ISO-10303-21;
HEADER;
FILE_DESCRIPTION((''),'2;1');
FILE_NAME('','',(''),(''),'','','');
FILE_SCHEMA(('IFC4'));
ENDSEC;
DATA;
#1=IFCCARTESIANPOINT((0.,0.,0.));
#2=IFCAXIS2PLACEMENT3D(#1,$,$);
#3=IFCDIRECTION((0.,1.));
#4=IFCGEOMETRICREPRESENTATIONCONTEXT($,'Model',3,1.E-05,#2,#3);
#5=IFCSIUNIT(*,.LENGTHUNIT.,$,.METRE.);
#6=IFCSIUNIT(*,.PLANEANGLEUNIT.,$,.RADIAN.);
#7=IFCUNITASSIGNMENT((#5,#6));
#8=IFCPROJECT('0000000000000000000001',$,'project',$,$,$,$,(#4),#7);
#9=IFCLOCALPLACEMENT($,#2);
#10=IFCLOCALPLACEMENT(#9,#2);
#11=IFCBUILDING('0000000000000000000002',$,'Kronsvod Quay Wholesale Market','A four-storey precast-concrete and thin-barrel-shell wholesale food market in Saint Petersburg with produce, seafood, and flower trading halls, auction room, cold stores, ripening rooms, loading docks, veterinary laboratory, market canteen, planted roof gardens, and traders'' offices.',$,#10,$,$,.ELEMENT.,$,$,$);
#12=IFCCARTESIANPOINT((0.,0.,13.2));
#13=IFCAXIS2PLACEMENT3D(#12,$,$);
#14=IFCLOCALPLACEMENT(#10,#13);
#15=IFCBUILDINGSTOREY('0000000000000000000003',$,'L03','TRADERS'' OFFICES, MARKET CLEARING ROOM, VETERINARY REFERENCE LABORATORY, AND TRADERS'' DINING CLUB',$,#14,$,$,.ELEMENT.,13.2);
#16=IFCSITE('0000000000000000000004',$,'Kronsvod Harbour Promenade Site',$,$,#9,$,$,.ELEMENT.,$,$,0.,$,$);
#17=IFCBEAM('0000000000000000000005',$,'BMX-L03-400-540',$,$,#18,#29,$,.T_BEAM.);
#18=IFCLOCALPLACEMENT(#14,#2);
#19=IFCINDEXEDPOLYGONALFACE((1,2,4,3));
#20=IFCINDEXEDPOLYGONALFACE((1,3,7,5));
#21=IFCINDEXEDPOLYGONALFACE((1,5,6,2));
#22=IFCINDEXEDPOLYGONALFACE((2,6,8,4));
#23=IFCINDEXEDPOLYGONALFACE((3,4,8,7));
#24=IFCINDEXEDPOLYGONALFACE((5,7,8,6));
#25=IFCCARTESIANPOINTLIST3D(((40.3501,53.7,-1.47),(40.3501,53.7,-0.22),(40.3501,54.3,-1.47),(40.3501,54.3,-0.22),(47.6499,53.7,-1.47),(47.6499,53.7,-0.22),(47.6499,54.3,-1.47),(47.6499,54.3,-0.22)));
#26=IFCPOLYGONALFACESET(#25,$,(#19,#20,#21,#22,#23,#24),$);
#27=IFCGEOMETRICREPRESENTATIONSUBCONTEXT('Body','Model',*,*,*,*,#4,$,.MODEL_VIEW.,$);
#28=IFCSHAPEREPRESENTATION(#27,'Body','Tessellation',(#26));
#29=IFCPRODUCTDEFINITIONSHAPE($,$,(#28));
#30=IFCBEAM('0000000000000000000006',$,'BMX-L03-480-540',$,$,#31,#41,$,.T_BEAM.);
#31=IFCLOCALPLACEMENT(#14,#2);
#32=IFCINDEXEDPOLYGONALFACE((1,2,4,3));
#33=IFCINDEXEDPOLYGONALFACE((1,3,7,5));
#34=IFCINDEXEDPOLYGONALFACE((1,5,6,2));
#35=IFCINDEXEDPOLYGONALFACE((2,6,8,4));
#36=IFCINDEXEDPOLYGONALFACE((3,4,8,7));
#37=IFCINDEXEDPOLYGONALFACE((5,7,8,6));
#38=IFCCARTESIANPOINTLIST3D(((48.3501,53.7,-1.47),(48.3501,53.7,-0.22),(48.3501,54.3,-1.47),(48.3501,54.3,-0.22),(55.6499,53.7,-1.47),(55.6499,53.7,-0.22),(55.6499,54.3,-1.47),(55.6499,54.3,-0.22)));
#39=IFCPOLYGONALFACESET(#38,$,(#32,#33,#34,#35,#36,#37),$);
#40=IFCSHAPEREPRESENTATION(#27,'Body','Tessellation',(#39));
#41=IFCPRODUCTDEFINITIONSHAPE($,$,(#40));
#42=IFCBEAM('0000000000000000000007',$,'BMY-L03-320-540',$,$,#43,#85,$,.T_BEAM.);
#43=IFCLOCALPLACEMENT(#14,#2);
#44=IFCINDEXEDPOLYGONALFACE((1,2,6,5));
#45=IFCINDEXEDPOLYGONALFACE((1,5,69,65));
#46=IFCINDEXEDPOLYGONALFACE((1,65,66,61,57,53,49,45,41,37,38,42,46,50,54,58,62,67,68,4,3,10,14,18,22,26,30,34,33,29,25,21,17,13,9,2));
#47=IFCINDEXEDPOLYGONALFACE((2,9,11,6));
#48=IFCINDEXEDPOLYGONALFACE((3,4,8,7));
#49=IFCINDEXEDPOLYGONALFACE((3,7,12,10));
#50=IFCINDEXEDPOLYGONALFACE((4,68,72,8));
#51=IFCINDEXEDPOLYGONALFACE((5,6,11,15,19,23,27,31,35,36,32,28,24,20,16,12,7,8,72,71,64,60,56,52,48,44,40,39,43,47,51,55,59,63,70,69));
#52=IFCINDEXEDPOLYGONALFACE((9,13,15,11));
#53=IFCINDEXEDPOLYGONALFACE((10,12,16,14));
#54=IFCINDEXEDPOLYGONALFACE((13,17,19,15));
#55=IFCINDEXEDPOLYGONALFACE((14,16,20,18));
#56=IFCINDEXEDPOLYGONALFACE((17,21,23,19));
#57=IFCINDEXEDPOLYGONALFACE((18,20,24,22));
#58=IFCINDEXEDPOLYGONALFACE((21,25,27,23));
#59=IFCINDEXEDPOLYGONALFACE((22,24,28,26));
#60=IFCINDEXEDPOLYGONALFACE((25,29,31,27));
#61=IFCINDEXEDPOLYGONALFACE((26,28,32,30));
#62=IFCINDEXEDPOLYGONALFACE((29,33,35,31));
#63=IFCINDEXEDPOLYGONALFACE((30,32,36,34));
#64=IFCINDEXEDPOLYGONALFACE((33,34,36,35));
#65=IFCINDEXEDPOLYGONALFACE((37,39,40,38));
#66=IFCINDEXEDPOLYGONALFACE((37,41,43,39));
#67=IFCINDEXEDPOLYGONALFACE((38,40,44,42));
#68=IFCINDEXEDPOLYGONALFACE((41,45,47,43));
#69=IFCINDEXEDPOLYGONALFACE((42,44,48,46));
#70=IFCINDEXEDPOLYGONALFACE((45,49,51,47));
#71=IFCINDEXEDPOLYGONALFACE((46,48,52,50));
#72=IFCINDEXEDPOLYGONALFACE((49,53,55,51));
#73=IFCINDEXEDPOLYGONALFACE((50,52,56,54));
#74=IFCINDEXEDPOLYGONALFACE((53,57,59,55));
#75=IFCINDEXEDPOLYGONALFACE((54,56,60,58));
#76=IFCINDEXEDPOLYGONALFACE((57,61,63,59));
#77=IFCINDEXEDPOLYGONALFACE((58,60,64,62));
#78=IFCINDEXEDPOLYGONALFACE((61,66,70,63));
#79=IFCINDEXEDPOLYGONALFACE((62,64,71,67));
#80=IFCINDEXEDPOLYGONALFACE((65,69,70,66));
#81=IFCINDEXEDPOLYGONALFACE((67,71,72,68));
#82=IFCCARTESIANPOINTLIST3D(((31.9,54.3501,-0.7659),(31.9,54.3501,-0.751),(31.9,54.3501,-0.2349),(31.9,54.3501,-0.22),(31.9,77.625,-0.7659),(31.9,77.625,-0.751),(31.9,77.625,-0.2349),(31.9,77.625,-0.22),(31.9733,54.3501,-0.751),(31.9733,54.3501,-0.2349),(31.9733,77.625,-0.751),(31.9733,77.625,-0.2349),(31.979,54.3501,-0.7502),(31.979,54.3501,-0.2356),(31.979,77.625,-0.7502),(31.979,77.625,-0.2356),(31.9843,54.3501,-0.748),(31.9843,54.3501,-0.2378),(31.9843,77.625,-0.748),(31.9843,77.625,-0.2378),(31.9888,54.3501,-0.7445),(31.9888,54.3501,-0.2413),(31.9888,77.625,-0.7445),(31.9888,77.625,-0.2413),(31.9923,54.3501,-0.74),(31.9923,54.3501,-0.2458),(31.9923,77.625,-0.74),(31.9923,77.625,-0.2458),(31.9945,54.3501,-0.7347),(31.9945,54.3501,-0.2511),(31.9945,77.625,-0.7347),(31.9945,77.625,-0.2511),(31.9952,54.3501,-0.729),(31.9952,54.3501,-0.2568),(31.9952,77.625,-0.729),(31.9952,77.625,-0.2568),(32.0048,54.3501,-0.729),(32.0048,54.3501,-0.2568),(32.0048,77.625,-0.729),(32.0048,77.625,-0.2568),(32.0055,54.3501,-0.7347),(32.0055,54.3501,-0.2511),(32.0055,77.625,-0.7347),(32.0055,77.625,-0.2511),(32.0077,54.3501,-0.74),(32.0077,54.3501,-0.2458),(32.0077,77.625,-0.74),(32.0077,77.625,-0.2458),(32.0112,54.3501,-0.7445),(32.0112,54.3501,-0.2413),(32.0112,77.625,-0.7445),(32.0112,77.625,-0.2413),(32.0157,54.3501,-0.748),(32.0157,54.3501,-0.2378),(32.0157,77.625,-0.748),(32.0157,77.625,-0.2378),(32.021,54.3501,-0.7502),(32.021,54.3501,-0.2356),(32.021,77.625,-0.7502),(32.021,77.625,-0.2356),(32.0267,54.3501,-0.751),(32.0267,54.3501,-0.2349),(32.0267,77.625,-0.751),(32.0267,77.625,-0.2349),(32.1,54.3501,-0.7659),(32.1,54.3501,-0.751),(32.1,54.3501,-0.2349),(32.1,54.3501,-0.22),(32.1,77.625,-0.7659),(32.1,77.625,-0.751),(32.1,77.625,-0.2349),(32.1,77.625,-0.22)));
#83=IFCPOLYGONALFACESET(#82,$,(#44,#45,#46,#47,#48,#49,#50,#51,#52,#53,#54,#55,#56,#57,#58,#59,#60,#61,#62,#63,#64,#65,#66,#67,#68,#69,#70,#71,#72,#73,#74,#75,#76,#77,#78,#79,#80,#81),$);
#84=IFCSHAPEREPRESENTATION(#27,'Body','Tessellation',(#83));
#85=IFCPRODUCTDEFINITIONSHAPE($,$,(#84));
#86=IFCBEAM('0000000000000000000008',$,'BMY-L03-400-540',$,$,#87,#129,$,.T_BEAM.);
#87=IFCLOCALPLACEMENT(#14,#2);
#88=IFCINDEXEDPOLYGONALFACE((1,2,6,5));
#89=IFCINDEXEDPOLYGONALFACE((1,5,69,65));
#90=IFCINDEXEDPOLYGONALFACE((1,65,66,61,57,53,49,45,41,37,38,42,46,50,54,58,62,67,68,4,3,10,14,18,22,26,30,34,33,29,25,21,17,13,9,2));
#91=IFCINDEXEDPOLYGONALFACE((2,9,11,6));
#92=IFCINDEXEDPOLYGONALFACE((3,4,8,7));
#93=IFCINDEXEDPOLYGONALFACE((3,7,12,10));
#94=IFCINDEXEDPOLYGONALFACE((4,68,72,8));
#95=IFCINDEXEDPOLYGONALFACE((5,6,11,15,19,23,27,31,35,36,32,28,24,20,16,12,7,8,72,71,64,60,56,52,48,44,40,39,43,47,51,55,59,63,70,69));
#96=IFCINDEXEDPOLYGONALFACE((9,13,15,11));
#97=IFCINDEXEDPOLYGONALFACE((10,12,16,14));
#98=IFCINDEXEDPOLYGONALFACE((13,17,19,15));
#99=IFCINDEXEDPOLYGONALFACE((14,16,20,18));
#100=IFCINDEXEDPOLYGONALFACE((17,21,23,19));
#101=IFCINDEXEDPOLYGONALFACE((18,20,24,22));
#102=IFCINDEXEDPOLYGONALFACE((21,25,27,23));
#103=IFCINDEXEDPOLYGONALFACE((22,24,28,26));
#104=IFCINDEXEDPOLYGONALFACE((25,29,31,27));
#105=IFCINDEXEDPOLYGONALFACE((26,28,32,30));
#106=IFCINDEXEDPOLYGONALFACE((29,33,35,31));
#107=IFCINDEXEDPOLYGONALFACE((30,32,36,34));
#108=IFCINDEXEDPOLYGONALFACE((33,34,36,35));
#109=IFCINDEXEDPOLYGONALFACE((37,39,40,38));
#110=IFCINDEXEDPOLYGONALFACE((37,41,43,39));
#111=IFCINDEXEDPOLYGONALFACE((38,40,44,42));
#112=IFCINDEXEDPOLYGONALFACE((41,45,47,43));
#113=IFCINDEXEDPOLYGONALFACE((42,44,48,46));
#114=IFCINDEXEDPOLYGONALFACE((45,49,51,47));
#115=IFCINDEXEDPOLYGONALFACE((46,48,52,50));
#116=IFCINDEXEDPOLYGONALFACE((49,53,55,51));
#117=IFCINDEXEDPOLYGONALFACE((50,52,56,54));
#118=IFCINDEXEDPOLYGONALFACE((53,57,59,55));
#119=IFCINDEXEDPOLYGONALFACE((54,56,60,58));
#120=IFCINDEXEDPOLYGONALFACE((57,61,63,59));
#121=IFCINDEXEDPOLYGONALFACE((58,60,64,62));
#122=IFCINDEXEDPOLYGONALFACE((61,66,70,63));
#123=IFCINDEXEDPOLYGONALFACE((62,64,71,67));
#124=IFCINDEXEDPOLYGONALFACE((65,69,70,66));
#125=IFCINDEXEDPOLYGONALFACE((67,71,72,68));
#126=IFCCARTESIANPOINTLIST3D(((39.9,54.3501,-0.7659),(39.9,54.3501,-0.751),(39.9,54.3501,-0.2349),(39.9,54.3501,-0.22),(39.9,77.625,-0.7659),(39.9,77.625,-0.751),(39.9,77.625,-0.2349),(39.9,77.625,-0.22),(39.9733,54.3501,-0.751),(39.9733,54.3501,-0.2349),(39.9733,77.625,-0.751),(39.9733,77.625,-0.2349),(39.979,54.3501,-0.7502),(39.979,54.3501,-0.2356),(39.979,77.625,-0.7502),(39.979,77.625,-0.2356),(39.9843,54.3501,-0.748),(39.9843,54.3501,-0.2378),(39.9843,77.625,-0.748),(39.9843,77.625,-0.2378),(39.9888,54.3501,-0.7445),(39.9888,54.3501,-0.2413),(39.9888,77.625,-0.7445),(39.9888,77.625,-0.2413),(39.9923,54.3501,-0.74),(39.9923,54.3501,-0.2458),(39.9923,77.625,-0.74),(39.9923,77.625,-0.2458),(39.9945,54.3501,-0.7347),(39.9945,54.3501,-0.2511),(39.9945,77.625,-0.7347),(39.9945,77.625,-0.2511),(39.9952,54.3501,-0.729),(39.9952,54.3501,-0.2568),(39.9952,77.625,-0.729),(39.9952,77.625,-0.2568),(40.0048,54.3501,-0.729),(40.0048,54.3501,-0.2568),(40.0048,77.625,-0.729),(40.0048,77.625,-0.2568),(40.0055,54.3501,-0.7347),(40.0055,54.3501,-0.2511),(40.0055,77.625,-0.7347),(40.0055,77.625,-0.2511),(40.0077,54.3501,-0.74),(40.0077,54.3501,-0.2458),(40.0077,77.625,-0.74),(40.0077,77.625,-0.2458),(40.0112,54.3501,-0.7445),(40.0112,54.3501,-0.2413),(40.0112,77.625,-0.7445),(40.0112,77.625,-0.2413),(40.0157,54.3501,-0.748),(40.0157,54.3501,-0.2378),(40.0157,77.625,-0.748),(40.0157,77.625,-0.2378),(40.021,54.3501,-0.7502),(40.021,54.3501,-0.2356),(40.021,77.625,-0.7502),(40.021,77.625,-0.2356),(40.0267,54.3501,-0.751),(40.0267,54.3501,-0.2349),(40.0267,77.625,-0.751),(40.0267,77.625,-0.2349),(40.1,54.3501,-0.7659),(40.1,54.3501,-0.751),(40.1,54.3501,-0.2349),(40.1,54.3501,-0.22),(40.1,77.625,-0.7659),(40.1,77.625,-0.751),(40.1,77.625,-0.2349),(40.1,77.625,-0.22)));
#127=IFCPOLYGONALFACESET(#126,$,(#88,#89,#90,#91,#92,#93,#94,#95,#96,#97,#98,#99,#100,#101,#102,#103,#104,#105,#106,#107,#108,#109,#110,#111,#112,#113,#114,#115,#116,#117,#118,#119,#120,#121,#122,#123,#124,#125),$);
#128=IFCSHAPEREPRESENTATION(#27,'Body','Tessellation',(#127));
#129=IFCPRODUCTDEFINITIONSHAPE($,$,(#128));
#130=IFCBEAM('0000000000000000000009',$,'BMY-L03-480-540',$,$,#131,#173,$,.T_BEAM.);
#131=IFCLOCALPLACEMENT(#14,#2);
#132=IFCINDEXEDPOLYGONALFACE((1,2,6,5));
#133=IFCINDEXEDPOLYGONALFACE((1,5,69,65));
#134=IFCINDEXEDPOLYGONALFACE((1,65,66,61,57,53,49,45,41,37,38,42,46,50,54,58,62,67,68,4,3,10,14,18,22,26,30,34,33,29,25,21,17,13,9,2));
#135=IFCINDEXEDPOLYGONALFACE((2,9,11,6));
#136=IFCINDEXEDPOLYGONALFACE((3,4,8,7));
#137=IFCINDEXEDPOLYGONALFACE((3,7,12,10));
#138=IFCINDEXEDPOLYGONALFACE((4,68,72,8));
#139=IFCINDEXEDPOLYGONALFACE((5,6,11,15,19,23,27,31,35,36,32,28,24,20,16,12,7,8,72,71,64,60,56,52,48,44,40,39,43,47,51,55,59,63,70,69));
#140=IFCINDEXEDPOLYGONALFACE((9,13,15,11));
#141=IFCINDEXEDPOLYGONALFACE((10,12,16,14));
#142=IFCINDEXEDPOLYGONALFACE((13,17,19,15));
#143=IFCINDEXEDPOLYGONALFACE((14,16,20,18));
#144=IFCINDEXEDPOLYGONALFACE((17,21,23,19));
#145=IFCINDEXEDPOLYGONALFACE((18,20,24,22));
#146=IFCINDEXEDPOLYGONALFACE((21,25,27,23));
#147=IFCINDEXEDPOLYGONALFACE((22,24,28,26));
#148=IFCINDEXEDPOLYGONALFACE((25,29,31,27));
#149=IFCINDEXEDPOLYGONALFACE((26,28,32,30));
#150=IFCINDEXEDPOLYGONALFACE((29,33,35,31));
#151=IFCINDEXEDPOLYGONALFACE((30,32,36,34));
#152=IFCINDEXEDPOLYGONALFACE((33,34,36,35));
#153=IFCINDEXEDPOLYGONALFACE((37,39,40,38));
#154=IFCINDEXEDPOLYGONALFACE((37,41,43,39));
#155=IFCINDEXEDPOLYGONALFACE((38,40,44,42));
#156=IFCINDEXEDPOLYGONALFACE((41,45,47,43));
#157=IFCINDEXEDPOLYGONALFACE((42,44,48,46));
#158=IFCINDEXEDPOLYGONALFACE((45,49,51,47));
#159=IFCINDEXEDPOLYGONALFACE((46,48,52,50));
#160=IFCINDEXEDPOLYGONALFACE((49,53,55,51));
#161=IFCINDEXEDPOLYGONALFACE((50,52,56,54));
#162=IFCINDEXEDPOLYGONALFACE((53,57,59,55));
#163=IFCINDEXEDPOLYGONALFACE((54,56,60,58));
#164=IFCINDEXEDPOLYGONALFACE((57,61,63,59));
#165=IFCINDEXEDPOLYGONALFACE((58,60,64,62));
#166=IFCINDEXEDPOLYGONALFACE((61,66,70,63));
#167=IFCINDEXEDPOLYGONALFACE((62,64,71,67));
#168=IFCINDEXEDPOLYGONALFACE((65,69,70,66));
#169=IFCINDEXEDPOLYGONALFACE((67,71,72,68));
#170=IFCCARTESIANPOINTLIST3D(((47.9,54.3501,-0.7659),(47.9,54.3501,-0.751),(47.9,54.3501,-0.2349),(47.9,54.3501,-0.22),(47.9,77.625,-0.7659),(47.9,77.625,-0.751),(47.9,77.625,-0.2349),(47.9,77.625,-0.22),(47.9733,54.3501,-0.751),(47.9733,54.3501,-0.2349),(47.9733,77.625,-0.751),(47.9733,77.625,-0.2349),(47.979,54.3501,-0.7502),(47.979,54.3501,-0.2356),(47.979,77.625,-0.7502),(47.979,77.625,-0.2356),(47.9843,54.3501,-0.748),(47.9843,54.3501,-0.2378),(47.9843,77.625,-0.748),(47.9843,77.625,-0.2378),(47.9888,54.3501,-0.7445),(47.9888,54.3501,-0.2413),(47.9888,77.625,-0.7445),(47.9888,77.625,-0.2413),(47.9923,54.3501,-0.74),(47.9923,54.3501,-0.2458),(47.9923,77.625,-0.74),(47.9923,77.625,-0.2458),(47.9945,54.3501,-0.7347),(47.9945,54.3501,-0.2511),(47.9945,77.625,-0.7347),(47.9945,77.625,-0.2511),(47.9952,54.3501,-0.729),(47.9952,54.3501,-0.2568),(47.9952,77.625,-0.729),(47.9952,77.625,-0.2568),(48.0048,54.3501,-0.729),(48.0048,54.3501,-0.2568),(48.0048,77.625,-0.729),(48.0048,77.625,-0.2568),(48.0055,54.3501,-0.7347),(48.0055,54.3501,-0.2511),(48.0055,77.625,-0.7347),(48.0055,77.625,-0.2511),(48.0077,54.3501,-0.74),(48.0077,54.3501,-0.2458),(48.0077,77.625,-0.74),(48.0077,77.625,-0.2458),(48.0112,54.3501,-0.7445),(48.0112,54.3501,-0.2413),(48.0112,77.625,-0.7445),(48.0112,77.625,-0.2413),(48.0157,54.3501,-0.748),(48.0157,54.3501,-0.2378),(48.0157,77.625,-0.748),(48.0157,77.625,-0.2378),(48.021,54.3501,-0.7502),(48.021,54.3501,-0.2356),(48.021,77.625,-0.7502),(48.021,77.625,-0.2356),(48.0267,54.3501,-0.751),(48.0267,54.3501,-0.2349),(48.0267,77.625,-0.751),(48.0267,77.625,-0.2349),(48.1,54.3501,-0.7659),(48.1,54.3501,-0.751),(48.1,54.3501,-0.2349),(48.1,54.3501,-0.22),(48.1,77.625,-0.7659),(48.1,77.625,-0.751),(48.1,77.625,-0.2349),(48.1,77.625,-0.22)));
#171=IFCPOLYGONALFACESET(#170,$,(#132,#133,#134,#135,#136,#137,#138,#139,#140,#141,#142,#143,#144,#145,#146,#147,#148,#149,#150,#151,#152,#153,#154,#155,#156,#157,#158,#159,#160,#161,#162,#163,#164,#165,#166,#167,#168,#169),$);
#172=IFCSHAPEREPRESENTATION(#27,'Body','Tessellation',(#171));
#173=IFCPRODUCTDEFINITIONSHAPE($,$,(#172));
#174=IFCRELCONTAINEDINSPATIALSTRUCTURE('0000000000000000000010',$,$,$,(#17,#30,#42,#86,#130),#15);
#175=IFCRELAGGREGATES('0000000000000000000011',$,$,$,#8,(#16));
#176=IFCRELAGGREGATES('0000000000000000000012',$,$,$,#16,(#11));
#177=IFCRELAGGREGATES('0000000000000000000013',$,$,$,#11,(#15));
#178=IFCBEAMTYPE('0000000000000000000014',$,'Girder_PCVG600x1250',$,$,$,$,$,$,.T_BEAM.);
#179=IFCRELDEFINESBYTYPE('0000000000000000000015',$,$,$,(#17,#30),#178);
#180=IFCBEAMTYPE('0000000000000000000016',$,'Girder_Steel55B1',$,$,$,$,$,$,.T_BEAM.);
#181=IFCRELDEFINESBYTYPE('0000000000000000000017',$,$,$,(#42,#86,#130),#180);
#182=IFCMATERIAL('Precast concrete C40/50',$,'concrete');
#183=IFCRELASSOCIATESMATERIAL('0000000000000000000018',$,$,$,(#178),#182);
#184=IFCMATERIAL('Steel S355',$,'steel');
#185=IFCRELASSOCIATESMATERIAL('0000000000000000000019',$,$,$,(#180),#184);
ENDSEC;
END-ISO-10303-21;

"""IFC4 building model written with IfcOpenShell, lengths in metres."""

from ifc_helpers import new_model, si_unit, direction, frame, origin, origin_2d, place, context, subcontext, project, spatial, rectangle, i_section, extrude, material, material_profile, profile_set, type_object, element, save


model = new_model("IFC4")

# Units and contexts
model_context = context("Model", 3, precision=1e-05, world=origin(), true_north=direction((0.0, 1.0)))
body_context = subcontext(model_context, "Body", "Model", "MODEL_VIEW")
ifc_project = project(units=[si_unit("LENGTHUNIT", "METRE"), si_unit("PLANEANGLEUNIT", "RADIAN")], contexts=[model_context])

# Site, building, storey
site_placement = place(None, origin())
site = spatial("IfcSite", under=ifc_project, at=site_placement, Name="Kronsvod Harbour Promenade Site", CompositionType="ELEMENT", RefElevation=0.0)
building_placement = place(site_placement, origin())
building = spatial("IfcBuilding", under=site, at=building_placement, Name="Kronsvod Quay Wholesale Market", Description="A four-storey precast-concrete and thin-barrel-shell wholesale food market in Saint Petersburg with produce, seafood, and flower trading halls, auction room, cold stores, ripening rooms, loading docks, veterinary laboratory, market canteen, planted roof gardens, and traders' offices.", CompositionType="ELEMENT")
storey_placement = place(building_placement, frame((0.0, 0.0, 13.2)))
storey = spatial("IfcBuildingStorey", under=building, at=storey_placement, Name="L03", Description="TRADERS' OFFICES, MARKET CLEARING ROOM, VETERINARY REFERENCE LABORATORY, AND TRADERS' DINING CLUB", CompositionType="ELEMENT", Elevation=13.2)

# Beams
ifc_material_1 = material(Name="Precast concrete C40/50", Category="concrete")
ifc_material_profile_1 = material_profile(ifc_material_1, rectangle(XDim=0.6001, YDim=1.25, at=origin_2d()), Name="PCVG600x1250")
ifc_profile_set_1 = profile_set([ifc_material_profile_1], Name="Precast concrete C40/50")
beam_type_1 = type_object("IfcBeamType", Name="Girder_PCVG600x1250", PredefinedType="T_BEAM", material=ifc_profile_set_1)
for number, where, z_axis, x_axis, name in (
    (1, (40.3501, 54.0, -0.845), (1.0, 0.0, 0.0), (0.0, 1.0, 0.0), "BMX-L03-400-540"),
    (2, (48.3501, 54.0, -0.845), (1.0, 0.0, 0.0), (0.0, 1.0, 0.0), "BMX-L03-480-540"),
):
    element("IfcBeam", number, at=place(storey_placement, frame(where, z_axis=z_axis, x_axis=x_axis)), inside=storey, type_object=beam_type_1, Name=name, PredefinedType="T_BEAM", context=body_context, shape_type="SweptSolid", body=[
        extrude(rectangle(XDim=0.6001, YDim=1.25, at=origin_2d()), origin(), (0.0, 0.0, 1.0), 7.2998),
    ])
ifc_material_2 = material(Name="Steel S355", Category="steel")
ifc_material_profile_2 = material_profile(ifc_material_2, i_section(OverallWidth=0.2, OverallDepth=0.5459, WebThickness=0.0095, FlangeThickness=0.0149, FilletRadius=0.022, at=origin_2d()), Name="55B1")
ifc_profile_set_2 = profile_set([ifc_material_profile_2], Name="Steel S355")
beam_type_2 = type_object("IfcBeamType", Name="Girder_Steel55B1", PredefinedType="T_BEAM", material=ifc_profile_set_2)
for number, where, z_axis, x_axis, name in (
    (3, (32.0, 54.3501, -0.4929), (0.0, 1.0, 0.0), (-1.0, 0.0, 0.0), "BMY-L03-320-540"),
    (4, (40.0, 54.3501, -0.4929), (0.0, 1.0, 0.0), (-1.0, 0.0, 0.0), "BMY-L03-400-540"),
    (5, (48.0, 54.3501, -0.4929), (0.0, 1.0, 0.0), (-1.0, 0.0, 0.0), "BMY-L03-480-540"),
):
    element("IfcBeam", number, at=place(storey_placement, frame(where, z_axis=z_axis, x_axis=x_axis)), inside=storey, type_object=beam_type_2, Name=name, PredefinedType="T_BEAM", context=body_context, shape_type="SweptSolid", body=[
        extrude(i_section(OverallWidth=0.2, OverallDepth=0.5459, WebThickness=0.0095, FlangeThickness=0.0149, FilletRadius=0.022, at=origin_2d()), origin(), (0.0, 0.0, 1.0), 23.2749),
    ])

save(model, "model.ifc")
